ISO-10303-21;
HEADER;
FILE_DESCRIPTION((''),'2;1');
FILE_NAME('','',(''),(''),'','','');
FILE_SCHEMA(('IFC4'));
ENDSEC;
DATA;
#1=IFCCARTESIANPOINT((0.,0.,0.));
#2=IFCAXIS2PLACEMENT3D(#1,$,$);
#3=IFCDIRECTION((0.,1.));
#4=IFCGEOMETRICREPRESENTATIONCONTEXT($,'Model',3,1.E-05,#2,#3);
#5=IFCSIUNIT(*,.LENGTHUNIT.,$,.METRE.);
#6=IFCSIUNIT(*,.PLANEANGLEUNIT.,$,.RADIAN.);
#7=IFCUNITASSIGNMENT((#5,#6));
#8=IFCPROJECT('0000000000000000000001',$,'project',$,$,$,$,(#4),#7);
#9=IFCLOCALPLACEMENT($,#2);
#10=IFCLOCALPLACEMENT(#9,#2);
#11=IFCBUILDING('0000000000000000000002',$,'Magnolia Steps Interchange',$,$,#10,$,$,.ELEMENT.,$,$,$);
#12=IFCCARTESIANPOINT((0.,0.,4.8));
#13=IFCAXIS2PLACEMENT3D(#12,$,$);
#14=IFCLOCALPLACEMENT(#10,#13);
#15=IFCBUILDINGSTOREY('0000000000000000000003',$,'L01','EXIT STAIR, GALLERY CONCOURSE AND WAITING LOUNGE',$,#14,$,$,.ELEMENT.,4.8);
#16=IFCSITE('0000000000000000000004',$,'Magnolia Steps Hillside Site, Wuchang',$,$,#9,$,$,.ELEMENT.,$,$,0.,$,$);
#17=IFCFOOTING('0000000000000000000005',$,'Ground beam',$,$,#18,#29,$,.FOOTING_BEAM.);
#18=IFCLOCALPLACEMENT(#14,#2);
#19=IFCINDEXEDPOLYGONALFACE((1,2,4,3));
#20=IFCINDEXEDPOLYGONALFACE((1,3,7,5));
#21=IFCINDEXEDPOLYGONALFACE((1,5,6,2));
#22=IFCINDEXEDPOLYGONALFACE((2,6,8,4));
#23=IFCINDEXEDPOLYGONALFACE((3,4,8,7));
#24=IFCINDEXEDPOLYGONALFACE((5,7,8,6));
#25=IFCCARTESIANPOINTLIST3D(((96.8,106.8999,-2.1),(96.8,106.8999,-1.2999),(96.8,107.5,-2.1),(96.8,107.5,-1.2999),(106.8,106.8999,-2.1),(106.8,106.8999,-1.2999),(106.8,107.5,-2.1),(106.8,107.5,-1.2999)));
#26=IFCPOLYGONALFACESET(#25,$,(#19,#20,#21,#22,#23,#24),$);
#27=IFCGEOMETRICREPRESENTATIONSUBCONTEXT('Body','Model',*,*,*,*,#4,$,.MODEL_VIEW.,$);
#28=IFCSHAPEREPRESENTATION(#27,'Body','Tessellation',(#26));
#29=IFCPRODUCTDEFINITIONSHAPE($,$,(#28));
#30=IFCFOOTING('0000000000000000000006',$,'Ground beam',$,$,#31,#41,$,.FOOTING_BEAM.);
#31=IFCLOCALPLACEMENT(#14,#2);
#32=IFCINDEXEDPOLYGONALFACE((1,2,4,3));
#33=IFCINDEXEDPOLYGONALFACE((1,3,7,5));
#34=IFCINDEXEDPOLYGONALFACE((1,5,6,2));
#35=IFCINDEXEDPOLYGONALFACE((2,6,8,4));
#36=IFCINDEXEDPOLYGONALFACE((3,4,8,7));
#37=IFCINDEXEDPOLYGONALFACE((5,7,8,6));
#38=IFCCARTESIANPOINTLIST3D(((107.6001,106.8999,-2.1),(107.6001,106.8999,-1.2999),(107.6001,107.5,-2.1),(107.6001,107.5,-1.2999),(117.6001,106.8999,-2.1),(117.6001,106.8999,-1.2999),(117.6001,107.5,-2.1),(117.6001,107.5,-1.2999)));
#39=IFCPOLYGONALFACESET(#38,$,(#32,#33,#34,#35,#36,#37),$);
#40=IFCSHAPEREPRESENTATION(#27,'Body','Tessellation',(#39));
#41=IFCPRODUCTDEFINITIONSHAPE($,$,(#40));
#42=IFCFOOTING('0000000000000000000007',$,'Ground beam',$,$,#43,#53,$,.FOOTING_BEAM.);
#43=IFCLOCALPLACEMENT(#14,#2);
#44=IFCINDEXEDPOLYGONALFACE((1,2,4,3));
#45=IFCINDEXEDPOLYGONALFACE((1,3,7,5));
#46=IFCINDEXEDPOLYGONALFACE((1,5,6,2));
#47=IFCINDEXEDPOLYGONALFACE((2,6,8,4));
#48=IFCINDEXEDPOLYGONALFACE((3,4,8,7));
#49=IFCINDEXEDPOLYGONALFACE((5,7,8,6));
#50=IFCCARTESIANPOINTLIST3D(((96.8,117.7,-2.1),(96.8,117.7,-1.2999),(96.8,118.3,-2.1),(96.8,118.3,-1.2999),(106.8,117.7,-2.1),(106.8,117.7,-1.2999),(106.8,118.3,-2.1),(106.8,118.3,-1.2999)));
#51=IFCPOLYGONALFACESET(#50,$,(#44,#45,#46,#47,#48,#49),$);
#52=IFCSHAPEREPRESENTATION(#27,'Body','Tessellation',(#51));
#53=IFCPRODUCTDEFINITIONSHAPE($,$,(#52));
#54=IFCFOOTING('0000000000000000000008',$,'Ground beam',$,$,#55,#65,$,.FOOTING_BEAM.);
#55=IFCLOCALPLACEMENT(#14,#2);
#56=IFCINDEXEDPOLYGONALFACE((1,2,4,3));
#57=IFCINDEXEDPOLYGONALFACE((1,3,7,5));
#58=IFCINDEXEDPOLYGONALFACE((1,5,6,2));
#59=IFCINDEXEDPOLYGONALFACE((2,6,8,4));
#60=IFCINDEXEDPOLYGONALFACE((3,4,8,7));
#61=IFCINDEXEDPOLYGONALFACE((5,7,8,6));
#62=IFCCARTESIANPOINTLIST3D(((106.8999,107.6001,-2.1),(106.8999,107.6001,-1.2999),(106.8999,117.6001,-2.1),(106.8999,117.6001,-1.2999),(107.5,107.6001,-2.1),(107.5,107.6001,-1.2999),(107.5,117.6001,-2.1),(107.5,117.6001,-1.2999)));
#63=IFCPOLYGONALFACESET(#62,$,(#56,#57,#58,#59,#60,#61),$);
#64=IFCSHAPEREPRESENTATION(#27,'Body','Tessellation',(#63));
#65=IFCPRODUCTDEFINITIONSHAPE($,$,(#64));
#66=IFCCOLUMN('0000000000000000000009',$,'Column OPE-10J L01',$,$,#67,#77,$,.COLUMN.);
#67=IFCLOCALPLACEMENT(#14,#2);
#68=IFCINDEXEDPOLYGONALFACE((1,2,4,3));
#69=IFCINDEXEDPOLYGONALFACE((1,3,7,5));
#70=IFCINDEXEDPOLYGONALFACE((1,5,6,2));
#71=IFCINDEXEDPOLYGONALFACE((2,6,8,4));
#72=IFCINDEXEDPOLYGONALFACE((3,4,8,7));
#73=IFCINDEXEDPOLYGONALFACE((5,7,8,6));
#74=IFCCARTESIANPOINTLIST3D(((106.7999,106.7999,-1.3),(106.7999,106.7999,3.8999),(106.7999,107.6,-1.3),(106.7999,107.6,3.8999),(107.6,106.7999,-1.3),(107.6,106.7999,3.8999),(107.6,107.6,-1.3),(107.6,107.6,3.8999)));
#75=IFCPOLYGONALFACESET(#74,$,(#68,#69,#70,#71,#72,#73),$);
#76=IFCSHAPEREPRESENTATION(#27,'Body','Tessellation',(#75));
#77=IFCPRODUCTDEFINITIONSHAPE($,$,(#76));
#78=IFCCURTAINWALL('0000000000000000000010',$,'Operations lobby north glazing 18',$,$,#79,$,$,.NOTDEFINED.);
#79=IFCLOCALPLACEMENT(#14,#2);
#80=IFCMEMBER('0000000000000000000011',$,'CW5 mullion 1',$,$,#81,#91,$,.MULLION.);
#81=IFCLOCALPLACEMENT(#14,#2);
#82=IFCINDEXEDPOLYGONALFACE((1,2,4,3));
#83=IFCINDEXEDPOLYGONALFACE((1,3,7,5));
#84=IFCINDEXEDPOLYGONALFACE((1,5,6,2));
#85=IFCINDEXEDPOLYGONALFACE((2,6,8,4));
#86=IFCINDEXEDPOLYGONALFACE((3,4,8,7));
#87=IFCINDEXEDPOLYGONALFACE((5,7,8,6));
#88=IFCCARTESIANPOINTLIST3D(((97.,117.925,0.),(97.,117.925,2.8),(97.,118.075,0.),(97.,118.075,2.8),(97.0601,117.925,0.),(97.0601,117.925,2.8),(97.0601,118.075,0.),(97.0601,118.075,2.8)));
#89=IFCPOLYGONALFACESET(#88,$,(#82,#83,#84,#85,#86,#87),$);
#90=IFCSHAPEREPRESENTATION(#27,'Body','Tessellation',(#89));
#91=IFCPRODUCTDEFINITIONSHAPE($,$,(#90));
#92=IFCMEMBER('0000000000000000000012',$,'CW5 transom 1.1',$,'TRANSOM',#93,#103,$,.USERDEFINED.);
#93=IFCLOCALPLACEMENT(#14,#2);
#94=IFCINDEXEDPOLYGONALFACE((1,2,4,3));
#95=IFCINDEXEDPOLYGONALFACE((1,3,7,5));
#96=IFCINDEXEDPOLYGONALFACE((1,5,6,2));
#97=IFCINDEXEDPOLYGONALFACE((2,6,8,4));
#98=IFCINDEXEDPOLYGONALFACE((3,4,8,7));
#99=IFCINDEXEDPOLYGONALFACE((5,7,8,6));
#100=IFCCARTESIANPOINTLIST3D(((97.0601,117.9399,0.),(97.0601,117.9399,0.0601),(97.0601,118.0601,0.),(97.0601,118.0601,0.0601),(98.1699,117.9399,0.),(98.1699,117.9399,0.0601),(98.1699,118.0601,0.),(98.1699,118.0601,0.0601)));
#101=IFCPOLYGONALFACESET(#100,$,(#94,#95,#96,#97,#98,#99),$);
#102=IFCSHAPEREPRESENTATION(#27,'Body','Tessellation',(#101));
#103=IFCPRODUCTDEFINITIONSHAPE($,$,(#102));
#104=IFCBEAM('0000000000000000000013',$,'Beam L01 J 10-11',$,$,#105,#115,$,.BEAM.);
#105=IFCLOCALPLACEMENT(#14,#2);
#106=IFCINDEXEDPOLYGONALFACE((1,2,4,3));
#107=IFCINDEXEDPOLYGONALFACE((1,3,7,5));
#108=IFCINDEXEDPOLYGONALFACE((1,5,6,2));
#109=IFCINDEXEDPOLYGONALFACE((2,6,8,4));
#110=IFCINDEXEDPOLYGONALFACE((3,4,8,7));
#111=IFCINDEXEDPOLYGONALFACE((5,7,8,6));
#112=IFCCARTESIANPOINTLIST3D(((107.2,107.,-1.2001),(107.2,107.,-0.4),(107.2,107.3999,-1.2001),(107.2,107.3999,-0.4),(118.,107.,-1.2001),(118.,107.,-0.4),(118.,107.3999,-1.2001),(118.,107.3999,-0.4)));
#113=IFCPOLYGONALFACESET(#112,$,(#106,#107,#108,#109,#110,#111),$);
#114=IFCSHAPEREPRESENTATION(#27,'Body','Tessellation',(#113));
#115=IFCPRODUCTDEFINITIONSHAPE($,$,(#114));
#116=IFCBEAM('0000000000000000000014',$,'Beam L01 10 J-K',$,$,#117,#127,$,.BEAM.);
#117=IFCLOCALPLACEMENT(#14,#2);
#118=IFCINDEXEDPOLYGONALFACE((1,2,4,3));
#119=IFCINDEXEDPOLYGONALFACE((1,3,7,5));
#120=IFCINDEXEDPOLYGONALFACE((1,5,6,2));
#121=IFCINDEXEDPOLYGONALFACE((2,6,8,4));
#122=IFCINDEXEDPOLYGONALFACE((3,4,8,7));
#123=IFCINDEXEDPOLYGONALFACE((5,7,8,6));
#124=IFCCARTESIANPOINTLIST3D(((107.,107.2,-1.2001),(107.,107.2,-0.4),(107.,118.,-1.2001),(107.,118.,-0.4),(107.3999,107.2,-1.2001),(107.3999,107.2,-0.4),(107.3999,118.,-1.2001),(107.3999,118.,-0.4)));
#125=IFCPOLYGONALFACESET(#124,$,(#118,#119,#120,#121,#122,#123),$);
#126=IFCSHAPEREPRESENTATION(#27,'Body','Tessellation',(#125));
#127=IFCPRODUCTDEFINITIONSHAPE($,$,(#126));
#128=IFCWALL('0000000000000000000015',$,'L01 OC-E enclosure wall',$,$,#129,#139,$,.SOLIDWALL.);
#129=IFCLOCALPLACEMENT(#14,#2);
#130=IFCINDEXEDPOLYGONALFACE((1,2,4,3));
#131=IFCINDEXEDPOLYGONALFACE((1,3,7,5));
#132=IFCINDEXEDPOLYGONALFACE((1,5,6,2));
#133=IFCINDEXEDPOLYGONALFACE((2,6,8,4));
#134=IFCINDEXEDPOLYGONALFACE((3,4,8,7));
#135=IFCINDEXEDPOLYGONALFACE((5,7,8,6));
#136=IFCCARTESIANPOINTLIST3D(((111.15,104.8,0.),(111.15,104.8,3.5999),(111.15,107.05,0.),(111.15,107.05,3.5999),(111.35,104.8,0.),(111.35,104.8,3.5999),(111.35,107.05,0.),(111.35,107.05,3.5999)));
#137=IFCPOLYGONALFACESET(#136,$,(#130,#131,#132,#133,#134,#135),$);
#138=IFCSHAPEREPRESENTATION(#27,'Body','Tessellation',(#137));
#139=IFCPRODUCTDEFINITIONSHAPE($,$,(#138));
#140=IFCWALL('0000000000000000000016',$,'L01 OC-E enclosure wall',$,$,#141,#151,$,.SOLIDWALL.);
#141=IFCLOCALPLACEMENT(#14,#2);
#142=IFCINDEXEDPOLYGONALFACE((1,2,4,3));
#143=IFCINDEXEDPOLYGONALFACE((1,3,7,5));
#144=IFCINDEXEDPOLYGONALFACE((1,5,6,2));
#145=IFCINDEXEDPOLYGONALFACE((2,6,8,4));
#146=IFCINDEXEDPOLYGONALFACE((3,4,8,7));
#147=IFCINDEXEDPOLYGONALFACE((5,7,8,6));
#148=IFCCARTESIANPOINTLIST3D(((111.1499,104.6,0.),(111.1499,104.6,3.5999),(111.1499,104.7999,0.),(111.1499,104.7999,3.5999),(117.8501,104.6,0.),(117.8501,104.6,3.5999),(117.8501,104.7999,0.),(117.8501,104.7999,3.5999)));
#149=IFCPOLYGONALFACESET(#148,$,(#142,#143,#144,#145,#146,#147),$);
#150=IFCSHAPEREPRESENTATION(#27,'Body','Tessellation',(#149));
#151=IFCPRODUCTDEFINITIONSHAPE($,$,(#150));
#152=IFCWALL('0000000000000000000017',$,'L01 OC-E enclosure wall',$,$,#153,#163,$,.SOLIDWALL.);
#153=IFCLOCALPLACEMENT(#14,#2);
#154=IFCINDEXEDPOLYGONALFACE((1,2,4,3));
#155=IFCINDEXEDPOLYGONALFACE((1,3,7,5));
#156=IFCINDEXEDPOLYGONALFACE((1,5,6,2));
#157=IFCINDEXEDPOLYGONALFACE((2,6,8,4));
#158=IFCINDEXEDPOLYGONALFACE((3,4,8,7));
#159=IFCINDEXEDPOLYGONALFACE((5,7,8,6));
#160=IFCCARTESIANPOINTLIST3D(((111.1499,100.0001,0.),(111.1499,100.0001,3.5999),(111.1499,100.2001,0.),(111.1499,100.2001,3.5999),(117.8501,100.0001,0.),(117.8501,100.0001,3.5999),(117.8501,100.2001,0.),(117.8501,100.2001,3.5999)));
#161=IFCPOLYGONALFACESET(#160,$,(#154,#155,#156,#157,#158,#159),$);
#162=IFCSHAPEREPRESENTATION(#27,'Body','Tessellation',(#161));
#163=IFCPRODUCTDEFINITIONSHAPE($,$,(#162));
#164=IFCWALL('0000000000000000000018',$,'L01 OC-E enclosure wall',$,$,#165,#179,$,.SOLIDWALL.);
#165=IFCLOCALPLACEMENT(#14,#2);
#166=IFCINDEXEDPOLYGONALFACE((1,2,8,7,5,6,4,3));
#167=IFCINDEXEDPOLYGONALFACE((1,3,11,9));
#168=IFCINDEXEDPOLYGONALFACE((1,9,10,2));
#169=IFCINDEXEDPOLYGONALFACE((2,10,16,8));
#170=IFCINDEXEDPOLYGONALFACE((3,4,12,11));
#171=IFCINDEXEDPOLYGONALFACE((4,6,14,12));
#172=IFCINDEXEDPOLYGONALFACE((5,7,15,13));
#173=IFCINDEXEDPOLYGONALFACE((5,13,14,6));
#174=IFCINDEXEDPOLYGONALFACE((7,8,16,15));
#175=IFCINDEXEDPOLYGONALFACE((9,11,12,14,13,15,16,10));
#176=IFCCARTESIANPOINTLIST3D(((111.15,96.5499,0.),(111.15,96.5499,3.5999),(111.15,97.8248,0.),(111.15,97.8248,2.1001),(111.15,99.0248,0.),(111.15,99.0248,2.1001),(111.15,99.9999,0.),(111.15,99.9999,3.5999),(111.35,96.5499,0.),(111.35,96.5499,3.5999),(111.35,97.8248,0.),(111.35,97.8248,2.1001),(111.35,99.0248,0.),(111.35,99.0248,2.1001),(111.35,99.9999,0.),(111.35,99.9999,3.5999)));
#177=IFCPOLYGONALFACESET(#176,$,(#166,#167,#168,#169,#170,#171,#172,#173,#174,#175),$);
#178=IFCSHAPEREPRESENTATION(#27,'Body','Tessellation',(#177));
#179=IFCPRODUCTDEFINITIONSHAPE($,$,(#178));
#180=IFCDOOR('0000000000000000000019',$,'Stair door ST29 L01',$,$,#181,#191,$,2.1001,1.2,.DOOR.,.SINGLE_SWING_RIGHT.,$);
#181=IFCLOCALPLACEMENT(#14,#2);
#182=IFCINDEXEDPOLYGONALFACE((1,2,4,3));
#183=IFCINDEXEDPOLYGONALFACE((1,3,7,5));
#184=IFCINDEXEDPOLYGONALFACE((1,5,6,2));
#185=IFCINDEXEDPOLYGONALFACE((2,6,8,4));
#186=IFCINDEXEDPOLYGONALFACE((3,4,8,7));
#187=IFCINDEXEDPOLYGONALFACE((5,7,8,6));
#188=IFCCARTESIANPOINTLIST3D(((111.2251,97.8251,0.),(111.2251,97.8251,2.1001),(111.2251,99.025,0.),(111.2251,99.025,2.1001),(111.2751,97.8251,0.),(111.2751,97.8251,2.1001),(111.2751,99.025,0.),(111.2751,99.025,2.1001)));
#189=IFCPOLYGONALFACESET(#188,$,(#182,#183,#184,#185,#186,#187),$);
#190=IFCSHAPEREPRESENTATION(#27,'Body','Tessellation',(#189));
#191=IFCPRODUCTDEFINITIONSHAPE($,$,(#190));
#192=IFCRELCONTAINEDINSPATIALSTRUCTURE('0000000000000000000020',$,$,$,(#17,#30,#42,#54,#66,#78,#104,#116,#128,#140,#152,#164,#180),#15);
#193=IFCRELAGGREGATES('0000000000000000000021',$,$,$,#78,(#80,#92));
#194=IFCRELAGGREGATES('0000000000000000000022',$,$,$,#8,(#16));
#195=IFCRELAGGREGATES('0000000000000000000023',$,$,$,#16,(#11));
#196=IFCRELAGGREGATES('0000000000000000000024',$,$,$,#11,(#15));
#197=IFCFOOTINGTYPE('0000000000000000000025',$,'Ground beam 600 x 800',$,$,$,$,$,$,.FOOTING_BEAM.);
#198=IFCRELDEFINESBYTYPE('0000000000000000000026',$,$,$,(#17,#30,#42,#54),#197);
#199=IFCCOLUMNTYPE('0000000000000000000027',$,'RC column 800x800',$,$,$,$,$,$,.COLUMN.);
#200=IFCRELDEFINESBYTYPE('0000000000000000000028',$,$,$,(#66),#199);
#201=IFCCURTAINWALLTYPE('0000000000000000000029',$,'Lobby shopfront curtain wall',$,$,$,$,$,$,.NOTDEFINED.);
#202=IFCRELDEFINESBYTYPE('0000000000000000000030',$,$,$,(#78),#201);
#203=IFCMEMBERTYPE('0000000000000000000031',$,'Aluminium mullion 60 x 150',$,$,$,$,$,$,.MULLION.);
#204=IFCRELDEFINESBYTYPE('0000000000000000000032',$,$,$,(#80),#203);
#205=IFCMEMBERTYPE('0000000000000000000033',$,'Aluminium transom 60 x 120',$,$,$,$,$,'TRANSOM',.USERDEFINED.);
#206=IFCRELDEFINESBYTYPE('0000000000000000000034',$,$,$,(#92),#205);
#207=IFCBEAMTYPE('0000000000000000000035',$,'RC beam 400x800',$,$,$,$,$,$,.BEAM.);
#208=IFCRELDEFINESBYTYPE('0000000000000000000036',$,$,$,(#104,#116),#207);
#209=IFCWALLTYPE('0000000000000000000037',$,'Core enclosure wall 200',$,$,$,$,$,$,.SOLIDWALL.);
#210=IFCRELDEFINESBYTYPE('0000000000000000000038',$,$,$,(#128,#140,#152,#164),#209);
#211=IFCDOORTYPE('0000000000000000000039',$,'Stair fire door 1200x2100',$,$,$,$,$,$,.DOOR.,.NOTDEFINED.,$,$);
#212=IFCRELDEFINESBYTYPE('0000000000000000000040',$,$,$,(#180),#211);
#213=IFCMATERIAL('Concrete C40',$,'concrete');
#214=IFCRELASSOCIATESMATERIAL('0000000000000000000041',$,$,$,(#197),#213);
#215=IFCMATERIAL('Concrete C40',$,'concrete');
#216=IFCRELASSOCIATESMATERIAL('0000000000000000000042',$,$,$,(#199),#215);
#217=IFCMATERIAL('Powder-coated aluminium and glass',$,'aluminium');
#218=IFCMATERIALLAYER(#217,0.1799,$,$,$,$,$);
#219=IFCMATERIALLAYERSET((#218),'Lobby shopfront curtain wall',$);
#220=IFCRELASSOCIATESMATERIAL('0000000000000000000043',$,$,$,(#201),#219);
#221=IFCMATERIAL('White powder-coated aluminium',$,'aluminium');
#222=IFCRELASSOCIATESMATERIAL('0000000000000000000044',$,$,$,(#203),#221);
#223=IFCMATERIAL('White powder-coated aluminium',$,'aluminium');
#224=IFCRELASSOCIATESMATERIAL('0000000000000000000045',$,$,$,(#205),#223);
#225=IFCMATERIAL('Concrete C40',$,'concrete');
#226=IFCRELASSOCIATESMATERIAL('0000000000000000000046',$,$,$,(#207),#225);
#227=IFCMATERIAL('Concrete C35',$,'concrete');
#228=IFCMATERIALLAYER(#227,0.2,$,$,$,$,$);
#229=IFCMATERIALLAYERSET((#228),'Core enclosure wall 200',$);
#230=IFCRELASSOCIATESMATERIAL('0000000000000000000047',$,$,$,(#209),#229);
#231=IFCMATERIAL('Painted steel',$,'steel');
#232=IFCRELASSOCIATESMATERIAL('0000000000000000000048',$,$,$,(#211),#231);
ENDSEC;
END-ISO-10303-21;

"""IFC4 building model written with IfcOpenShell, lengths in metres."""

from ifc_helpers import new_model, si_unit, direction, frame, frame_2d, origin, origin_2d, place, context, subcontext, project, spatial, rectangle, extrude, material, layer, layer_set, material_profile, profile_set, type_object, element, fill, aggregate, save


model = new_model("IFC4")

# Units and contexts
model_context = context("Model", 3, precision=1e-05, world=origin(), true_north=direction((0.0, 1.0)))
body_context = subcontext(model_context, "Body", "Model", "MODEL_VIEW")
ifc_project = project(units=[si_unit("LENGTHUNIT", "METRE"), si_unit("PLANEANGLEUNIT", "RADIAN")], contexts=[model_context])

# Site, building, storey
site_placement = place(None, origin())
site = spatial("IfcSite", under=ifc_project, at=site_placement, Name="Magnolia Steps Hillside Site, Wuchang", CompositionType="ELEMENT", RefElevation=0.0)
building_placement = place(site_placement, origin())
building = spatial("IfcBuilding", under=site, at=building_placement, Name="Magnolia Steps Interchange", CompositionType="ELEMENT")
storey_placement = place(building_placement, frame((0.0, 0.0, 4.8)))
storey = spatial("IfcBuildingStorey", under=building, at=storey_placement, Name="L01", Description="EXIT STAIR, GALLERY CONCOURSE AND WAITING LOUNGE", CompositionType="ELEMENT", Elevation=4.8)

# Footings
ifc_material_1 = material(Name="Concrete C40", Category="concrete")
ifc_material_profile_1 = material_profile(ifc_material_1, rectangle(XDim=0.6001, YDim=0.8, at=origin_2d()), Name="RC600x800")
ifc_profile_set_1 = profile_set([ifc_material_profile_1], Name="Concrete C40")
footing_type = type_object("IfcFootingType", Name="Ground beam 600 x 800", PredefinedType="FOOTING_BEAM", material=ifc_profile_set_1)
for number, where, z_axis, x_axis, name in (
    (1, (96.8, 107.2, -1.7), (1.0, 0.0, 0.0), (0.0, 1.0, 0.0), "Ground beam"),
    (2, (107.6001, 107.2, -1.7), (1.0, 0.0, 0.0), (0.0, 1.0, 0.0), "Ground beam"),
    (3, (96.8, 118.0, -1.7), (1.0, 0.0, 0.0), (0.0, 1.0, 0.0), "Ground beam"),
    (4, (107.2, 107.6001, -1.7), (0.0, 1.0, 0.0), (-1.0, 0.0, 0.0), "Ground beam"),
):
    element("IfcFooting", number, at=place(storey_placement, frame(where, z_axis=z_axis, x_axis=x_axis)), inside=storey, type_object=footing_type, Name=name, PredefinedType="FOOTING_BEAM", context=body_context, shape_type="SweptSolid", body=[
        extrude(rectangle(XDim=0.6001, YDim=0.8, at=origin_2d()), origin(), (0.0, 0.0, 1.0), 10.0),
    ])

# Column
ifc_material_2 = material(Name="Concrete C40", Category="concrete")
ifc_material_profile_2 = material_profile(ifc_material_2, rectangle(XDim=0.8, YDim=0.8, at=origin_2d()), Name="RC800x800")
ifc_profile_set_2 = profile_set([ifc_material_profile_2], Name="Concrete C40")
column_type = type_object("IfcColumnType", Name="RC column 800x800", PredefinedType="COLUMN", material=ifc_profile_set_2)
column_placement = place(storey_placement, frame((107.2, 107.2, -1.3), z_axis=(0.0, 0.0, 1.0), x_axis=(1.0, 0.0, 0.0)))
element("IfcColumn", 5, at=column_placement, inside=storey, type_object=column_type, Name="Column OPE-10J L01", PredefinedType="COLUMN", context=body_context, shape_type="SweptSolid", body=[
    extrude(rectangle(XDim=0.8, YDim=0.8, at=origin_2d()), origin(), (0.0, 0.0, 1.0), 5.2),
])

# Curtain wall, members
ifc_material_3 = material(Name="Powder-coated aluminium and glass", Category="aluminium")
ifc_layer_1 = layer(ifc_material_3, 0.1799)
ifc_layer_set_1 = layer_set([ifc_layer_1], Name="Lobby shopfront curtain wall")
curtain_wall_type = type_object("IfcCurtainWallType", Name="Lobby shopfront curtain wall", PredefinedType="NOTDEFINED", material=ifc_layer_set_1)
curtain_wall_placement = place(storey_placement, origin())
curtain_wall = element("IfcCurtainWall", 6, at=curtain_wall_placement, inside=storey, type_object=curtain_wall_type, Name="Operations lobby north glazing 18", PredefinedType="NOTDEFINED")
ifc_material_4 = material(Name="White powder-coated aluminium", Category="aluminium")
ifc_material_profile_3 = material_profile(ifc_material_4, rectangle(XDim=0.0601, YDim=0.1499, at=origin_2d()), Name="Aluminium mullion 60 x 150")
ifc_profile_set_3 = profile_set([ifc_material_profile_3], Name="White powder-coated aluminium")
member_type_1 = type_object("IfcMemberType", Name="Aluminium mullion 60 x 150", PredefinedType="MULLION", material=ifc_profile_set_3)
member_1_placement = place(storey_placement, frame((97.03, 118.0, 0.0), z_axis=(0.0, 0.0, 1.0), x_axis=(1.0, 0.0, 0.0)))
member_1 = element("IfcMember", 7, at=member_1_placement, type_object=member_type_1, Name="CW5 mullion 1", PredefinedType="MULLION", context=body_context, shape_type="SweptSolid", body=[
    extrude(rectangle(XDim=0.0601, YDim=0.1499, at=origin_2d()), origin(), (0.0, 0.0, 1.0), 2.8),
])
ifc_material_5 = material(Name="White powder-coated aluminium", Category="aluminium")
ifc_material_profile_4 = material_profile(ifc_material_5, rectangle(XDim=0.0601, YDim=0.1201, at=origin_2d()), Name="Aluminium transom 60 x 120")
ifc_profile_set_4 = profile_set([ifc_material_profile_4], Name="White powder-coated aluminium")
member_type_2 = type_object("IfcMemberType", Name="Aluminium transom 60 x 120", ElementType="TRANSOM", PredefinedType="USERDEFINED", material=ifc_profile_set_4)
member_2_placement = place(storey_placement, frame((97.0601, 118.0, 0.03), z_axis=(1.0, 0.0, 0.0), x_axis=(0.0, 0.0, 1.0)))
member_2 = element("IfcMember", 8, at=member_2_placement, type_object=member_type_2, Name="CW5 transom 1.1", ObjectType="TRANSOM", PredefinedType="USERDEFINED", context=body_context, shape_type="SweptSolid", body=[
    extrude(rectangle(XDim=0.0601, YDim=0.1201, at=origin_2d()), origin(), (0.0, 0.0, 1.0), 1.1099),
])
aggregate(curtain_wall, [member_1, member_2])

# Beams
ifc_material_6 = material(Name="Concrete C40", Category="concrete")
ifc_material_profile_5 = material_profile(ifc_material_6, rectangle(XDim=0.3999, YDim=0.8, at=origin_2d()), Name="RC400x800")
ifc_profile_set_5 = profile_set([ifc_material_profile_5], Name="Concrete C40")
beam_type = type_object("IfcBeamType", Name="RC beam 400x800", PredefinedType="BEAM", material=ifc_profile_set_5)
for number, where, z_axis, x_axis, name in (
    (9, (107.2, 107.2, -0.8), (1.0, 0.0, 0.0), (0.0, 1.0, 0.0), "Beam L01 J 10-11"),
    (10, (107.2, 107.2, -0.8), (0.0, 1.0, 0.0), (-1.0, 0.0, 0.0), "Beam L01 10 J-K"),
):
    element("IfcBeam", number, at=place(storey_placement, frame(where, z_axis=z_axis, x_axis=x_axis)), inside=storey, type_object=beam_type, Name=name, PredefinedType="BEAM", context=body_context, shape_type="SweptSolid", body=[
        extrude(rectangle(XDim=0.3999, YDim=0.8, at=origin_2d()), origin(), (0.0, 0.0, 1.0), 10.8),
    ])

# Walls
ifc_material_7 = material(Name="Concrete C35", Category="concrete")
ifc_layer_2 = layer(ifc_material_7, 0.2)
ifc_layer_set_2 = layer_set([ifc_layer_2], Name="Core enclosure wall 200")
wall_type_1 = type_object("IfcWallType", Name="Core enclosure wall 200", PredefinedType="SOLIDWALL", material=ifc_layer_set_2)
wall_1_placement = place(storey_placement, frame((111.25, 107.05, 0.0), z_axis=(0.0, 0.0, 1.0), x_axis=(0.0, -1.0, 0.0)))
element("IfcWall", 11, at=wall_1_placement, inside=storey, type_object=wall_type_1, Name="L01 OC-E enclosure wall", PredefinedType="SOLIDWALL", context=body_context, shape_type="SweptSolid", body=[
    extrude(rectangle(XDim=2.25, YDim=0.2, at=frame_2d((1.125, 0.0))), origin(), (0.0, 0.0, 1.0), 3.5999),
])
for number, where, z_axis, x_axis, name in (
    (12, (111.1499, 104.7, 0.0), (0.0, 0.0, 1.0), (1.0, 0.0, 0.0), "L01 OC-E enclosure wall"),
    (13, (111.1499, 100.1001, 0.0), (0.0, 0.0, 1.0), (1.0, 0.0, 0.0), "L01 OC-E enclosure wall"),
):
    element("IfcWall", number, at=place(storey_placement, frame(where, z_axis=z_axis, x_axis=x_axis)), inside=storey, type_object=wall_type_1, Name=name, PredefinedType="SOLIDWALL", context=body_context, shape_type="SweptSolid", body=[
        extrude(rectangle(XDim=6.7002, YDim=0.2, at=frame_2d((3.3501, 0.0))), origin(), (0.0, 0.0, 1.0), 3.5999),
    ])

# Wall, opening, door
wall_2_placement = place(storey_placement, frame((111.25, 100.0, 0.0), z_axis=(0.0, 0.0, 1.0), x_axis=(0.0, -1.0, 0.0)))
wall_2 = element("IfcWall", 14, at=wall_2_placement, inside=storey, type_object=wall_type_1, Name="L01 OC-E enclosure wall", PredefinedType="SOLIDWALL", context=body_context, shape_type="SweptSolid", body=[
    extrude(rectangle(XDim=3.45, YDim=0.2, at=frame_2d((1.7251, 0.0))), origin(), (0.0, 0.0, 1.0), 3.5999),
])
opening_1_placement = place(wall_2_placement, frame((0.9751, 0.0, 0.0)))
opening_1 = element("IfcOpeningElement", 15, at=opening_1_placement, cuts=wall_2, PredefinedType="OPENING", context=body_context, shape_type="SweptSolid", body=[
    extrude(rectangle(XDim=1.2, YDim=2.1001, at=frame_2d((0.6001, 1.05))), frame((0.0, 0.1099, 0.0), z_axis=(0.0, -1.0, 0.0), x_axis=(1.0, 0.0, 0.0)), (0.0, 0.0, 1.0), 0.22),
])
ifc_material_8 = material(Name="Painted steel", Category="steel")
door_type_1 = type_object("IfcDoorType", Name="Stair fire door 1200x2100", OperationType="NOTDEFINED", PredefinedType="DOOR", material=ifc_material_8)
door_1_placement = place(opening_1_placement, frame((1.2, 0.0, 0.0), z_axis=(0.0, 0.0, 1.0), x_axis=(-1.0, 0.0, 0.0)))
door_1 = element("IfcDoor", 16, at=door_1_placement, inside=storey, type_object=door_type_1, Name="Stair door ST29 L01", OperationType="SINGLE_SWING_RIGHT", OverallHeight=2.1001, OverallWidth=1.2, PredefinedType="DOOR", context=body_context, shape_type="SweptSolid", body=[
    extrude(rectangle(XDim=1.2, YDim=2.1001, at=frame_2d((0.6001, 1.05))), frame((0.0, 0.0249, 0.0), z_axis=(0.0, -1.0, 0.0), x_axis=(1.0, 0.0, 0.0)), (0.0, 0.0, 1.0), 0.05),
])
fill(opening_1, door_1)

save(model, "model.ifc")
